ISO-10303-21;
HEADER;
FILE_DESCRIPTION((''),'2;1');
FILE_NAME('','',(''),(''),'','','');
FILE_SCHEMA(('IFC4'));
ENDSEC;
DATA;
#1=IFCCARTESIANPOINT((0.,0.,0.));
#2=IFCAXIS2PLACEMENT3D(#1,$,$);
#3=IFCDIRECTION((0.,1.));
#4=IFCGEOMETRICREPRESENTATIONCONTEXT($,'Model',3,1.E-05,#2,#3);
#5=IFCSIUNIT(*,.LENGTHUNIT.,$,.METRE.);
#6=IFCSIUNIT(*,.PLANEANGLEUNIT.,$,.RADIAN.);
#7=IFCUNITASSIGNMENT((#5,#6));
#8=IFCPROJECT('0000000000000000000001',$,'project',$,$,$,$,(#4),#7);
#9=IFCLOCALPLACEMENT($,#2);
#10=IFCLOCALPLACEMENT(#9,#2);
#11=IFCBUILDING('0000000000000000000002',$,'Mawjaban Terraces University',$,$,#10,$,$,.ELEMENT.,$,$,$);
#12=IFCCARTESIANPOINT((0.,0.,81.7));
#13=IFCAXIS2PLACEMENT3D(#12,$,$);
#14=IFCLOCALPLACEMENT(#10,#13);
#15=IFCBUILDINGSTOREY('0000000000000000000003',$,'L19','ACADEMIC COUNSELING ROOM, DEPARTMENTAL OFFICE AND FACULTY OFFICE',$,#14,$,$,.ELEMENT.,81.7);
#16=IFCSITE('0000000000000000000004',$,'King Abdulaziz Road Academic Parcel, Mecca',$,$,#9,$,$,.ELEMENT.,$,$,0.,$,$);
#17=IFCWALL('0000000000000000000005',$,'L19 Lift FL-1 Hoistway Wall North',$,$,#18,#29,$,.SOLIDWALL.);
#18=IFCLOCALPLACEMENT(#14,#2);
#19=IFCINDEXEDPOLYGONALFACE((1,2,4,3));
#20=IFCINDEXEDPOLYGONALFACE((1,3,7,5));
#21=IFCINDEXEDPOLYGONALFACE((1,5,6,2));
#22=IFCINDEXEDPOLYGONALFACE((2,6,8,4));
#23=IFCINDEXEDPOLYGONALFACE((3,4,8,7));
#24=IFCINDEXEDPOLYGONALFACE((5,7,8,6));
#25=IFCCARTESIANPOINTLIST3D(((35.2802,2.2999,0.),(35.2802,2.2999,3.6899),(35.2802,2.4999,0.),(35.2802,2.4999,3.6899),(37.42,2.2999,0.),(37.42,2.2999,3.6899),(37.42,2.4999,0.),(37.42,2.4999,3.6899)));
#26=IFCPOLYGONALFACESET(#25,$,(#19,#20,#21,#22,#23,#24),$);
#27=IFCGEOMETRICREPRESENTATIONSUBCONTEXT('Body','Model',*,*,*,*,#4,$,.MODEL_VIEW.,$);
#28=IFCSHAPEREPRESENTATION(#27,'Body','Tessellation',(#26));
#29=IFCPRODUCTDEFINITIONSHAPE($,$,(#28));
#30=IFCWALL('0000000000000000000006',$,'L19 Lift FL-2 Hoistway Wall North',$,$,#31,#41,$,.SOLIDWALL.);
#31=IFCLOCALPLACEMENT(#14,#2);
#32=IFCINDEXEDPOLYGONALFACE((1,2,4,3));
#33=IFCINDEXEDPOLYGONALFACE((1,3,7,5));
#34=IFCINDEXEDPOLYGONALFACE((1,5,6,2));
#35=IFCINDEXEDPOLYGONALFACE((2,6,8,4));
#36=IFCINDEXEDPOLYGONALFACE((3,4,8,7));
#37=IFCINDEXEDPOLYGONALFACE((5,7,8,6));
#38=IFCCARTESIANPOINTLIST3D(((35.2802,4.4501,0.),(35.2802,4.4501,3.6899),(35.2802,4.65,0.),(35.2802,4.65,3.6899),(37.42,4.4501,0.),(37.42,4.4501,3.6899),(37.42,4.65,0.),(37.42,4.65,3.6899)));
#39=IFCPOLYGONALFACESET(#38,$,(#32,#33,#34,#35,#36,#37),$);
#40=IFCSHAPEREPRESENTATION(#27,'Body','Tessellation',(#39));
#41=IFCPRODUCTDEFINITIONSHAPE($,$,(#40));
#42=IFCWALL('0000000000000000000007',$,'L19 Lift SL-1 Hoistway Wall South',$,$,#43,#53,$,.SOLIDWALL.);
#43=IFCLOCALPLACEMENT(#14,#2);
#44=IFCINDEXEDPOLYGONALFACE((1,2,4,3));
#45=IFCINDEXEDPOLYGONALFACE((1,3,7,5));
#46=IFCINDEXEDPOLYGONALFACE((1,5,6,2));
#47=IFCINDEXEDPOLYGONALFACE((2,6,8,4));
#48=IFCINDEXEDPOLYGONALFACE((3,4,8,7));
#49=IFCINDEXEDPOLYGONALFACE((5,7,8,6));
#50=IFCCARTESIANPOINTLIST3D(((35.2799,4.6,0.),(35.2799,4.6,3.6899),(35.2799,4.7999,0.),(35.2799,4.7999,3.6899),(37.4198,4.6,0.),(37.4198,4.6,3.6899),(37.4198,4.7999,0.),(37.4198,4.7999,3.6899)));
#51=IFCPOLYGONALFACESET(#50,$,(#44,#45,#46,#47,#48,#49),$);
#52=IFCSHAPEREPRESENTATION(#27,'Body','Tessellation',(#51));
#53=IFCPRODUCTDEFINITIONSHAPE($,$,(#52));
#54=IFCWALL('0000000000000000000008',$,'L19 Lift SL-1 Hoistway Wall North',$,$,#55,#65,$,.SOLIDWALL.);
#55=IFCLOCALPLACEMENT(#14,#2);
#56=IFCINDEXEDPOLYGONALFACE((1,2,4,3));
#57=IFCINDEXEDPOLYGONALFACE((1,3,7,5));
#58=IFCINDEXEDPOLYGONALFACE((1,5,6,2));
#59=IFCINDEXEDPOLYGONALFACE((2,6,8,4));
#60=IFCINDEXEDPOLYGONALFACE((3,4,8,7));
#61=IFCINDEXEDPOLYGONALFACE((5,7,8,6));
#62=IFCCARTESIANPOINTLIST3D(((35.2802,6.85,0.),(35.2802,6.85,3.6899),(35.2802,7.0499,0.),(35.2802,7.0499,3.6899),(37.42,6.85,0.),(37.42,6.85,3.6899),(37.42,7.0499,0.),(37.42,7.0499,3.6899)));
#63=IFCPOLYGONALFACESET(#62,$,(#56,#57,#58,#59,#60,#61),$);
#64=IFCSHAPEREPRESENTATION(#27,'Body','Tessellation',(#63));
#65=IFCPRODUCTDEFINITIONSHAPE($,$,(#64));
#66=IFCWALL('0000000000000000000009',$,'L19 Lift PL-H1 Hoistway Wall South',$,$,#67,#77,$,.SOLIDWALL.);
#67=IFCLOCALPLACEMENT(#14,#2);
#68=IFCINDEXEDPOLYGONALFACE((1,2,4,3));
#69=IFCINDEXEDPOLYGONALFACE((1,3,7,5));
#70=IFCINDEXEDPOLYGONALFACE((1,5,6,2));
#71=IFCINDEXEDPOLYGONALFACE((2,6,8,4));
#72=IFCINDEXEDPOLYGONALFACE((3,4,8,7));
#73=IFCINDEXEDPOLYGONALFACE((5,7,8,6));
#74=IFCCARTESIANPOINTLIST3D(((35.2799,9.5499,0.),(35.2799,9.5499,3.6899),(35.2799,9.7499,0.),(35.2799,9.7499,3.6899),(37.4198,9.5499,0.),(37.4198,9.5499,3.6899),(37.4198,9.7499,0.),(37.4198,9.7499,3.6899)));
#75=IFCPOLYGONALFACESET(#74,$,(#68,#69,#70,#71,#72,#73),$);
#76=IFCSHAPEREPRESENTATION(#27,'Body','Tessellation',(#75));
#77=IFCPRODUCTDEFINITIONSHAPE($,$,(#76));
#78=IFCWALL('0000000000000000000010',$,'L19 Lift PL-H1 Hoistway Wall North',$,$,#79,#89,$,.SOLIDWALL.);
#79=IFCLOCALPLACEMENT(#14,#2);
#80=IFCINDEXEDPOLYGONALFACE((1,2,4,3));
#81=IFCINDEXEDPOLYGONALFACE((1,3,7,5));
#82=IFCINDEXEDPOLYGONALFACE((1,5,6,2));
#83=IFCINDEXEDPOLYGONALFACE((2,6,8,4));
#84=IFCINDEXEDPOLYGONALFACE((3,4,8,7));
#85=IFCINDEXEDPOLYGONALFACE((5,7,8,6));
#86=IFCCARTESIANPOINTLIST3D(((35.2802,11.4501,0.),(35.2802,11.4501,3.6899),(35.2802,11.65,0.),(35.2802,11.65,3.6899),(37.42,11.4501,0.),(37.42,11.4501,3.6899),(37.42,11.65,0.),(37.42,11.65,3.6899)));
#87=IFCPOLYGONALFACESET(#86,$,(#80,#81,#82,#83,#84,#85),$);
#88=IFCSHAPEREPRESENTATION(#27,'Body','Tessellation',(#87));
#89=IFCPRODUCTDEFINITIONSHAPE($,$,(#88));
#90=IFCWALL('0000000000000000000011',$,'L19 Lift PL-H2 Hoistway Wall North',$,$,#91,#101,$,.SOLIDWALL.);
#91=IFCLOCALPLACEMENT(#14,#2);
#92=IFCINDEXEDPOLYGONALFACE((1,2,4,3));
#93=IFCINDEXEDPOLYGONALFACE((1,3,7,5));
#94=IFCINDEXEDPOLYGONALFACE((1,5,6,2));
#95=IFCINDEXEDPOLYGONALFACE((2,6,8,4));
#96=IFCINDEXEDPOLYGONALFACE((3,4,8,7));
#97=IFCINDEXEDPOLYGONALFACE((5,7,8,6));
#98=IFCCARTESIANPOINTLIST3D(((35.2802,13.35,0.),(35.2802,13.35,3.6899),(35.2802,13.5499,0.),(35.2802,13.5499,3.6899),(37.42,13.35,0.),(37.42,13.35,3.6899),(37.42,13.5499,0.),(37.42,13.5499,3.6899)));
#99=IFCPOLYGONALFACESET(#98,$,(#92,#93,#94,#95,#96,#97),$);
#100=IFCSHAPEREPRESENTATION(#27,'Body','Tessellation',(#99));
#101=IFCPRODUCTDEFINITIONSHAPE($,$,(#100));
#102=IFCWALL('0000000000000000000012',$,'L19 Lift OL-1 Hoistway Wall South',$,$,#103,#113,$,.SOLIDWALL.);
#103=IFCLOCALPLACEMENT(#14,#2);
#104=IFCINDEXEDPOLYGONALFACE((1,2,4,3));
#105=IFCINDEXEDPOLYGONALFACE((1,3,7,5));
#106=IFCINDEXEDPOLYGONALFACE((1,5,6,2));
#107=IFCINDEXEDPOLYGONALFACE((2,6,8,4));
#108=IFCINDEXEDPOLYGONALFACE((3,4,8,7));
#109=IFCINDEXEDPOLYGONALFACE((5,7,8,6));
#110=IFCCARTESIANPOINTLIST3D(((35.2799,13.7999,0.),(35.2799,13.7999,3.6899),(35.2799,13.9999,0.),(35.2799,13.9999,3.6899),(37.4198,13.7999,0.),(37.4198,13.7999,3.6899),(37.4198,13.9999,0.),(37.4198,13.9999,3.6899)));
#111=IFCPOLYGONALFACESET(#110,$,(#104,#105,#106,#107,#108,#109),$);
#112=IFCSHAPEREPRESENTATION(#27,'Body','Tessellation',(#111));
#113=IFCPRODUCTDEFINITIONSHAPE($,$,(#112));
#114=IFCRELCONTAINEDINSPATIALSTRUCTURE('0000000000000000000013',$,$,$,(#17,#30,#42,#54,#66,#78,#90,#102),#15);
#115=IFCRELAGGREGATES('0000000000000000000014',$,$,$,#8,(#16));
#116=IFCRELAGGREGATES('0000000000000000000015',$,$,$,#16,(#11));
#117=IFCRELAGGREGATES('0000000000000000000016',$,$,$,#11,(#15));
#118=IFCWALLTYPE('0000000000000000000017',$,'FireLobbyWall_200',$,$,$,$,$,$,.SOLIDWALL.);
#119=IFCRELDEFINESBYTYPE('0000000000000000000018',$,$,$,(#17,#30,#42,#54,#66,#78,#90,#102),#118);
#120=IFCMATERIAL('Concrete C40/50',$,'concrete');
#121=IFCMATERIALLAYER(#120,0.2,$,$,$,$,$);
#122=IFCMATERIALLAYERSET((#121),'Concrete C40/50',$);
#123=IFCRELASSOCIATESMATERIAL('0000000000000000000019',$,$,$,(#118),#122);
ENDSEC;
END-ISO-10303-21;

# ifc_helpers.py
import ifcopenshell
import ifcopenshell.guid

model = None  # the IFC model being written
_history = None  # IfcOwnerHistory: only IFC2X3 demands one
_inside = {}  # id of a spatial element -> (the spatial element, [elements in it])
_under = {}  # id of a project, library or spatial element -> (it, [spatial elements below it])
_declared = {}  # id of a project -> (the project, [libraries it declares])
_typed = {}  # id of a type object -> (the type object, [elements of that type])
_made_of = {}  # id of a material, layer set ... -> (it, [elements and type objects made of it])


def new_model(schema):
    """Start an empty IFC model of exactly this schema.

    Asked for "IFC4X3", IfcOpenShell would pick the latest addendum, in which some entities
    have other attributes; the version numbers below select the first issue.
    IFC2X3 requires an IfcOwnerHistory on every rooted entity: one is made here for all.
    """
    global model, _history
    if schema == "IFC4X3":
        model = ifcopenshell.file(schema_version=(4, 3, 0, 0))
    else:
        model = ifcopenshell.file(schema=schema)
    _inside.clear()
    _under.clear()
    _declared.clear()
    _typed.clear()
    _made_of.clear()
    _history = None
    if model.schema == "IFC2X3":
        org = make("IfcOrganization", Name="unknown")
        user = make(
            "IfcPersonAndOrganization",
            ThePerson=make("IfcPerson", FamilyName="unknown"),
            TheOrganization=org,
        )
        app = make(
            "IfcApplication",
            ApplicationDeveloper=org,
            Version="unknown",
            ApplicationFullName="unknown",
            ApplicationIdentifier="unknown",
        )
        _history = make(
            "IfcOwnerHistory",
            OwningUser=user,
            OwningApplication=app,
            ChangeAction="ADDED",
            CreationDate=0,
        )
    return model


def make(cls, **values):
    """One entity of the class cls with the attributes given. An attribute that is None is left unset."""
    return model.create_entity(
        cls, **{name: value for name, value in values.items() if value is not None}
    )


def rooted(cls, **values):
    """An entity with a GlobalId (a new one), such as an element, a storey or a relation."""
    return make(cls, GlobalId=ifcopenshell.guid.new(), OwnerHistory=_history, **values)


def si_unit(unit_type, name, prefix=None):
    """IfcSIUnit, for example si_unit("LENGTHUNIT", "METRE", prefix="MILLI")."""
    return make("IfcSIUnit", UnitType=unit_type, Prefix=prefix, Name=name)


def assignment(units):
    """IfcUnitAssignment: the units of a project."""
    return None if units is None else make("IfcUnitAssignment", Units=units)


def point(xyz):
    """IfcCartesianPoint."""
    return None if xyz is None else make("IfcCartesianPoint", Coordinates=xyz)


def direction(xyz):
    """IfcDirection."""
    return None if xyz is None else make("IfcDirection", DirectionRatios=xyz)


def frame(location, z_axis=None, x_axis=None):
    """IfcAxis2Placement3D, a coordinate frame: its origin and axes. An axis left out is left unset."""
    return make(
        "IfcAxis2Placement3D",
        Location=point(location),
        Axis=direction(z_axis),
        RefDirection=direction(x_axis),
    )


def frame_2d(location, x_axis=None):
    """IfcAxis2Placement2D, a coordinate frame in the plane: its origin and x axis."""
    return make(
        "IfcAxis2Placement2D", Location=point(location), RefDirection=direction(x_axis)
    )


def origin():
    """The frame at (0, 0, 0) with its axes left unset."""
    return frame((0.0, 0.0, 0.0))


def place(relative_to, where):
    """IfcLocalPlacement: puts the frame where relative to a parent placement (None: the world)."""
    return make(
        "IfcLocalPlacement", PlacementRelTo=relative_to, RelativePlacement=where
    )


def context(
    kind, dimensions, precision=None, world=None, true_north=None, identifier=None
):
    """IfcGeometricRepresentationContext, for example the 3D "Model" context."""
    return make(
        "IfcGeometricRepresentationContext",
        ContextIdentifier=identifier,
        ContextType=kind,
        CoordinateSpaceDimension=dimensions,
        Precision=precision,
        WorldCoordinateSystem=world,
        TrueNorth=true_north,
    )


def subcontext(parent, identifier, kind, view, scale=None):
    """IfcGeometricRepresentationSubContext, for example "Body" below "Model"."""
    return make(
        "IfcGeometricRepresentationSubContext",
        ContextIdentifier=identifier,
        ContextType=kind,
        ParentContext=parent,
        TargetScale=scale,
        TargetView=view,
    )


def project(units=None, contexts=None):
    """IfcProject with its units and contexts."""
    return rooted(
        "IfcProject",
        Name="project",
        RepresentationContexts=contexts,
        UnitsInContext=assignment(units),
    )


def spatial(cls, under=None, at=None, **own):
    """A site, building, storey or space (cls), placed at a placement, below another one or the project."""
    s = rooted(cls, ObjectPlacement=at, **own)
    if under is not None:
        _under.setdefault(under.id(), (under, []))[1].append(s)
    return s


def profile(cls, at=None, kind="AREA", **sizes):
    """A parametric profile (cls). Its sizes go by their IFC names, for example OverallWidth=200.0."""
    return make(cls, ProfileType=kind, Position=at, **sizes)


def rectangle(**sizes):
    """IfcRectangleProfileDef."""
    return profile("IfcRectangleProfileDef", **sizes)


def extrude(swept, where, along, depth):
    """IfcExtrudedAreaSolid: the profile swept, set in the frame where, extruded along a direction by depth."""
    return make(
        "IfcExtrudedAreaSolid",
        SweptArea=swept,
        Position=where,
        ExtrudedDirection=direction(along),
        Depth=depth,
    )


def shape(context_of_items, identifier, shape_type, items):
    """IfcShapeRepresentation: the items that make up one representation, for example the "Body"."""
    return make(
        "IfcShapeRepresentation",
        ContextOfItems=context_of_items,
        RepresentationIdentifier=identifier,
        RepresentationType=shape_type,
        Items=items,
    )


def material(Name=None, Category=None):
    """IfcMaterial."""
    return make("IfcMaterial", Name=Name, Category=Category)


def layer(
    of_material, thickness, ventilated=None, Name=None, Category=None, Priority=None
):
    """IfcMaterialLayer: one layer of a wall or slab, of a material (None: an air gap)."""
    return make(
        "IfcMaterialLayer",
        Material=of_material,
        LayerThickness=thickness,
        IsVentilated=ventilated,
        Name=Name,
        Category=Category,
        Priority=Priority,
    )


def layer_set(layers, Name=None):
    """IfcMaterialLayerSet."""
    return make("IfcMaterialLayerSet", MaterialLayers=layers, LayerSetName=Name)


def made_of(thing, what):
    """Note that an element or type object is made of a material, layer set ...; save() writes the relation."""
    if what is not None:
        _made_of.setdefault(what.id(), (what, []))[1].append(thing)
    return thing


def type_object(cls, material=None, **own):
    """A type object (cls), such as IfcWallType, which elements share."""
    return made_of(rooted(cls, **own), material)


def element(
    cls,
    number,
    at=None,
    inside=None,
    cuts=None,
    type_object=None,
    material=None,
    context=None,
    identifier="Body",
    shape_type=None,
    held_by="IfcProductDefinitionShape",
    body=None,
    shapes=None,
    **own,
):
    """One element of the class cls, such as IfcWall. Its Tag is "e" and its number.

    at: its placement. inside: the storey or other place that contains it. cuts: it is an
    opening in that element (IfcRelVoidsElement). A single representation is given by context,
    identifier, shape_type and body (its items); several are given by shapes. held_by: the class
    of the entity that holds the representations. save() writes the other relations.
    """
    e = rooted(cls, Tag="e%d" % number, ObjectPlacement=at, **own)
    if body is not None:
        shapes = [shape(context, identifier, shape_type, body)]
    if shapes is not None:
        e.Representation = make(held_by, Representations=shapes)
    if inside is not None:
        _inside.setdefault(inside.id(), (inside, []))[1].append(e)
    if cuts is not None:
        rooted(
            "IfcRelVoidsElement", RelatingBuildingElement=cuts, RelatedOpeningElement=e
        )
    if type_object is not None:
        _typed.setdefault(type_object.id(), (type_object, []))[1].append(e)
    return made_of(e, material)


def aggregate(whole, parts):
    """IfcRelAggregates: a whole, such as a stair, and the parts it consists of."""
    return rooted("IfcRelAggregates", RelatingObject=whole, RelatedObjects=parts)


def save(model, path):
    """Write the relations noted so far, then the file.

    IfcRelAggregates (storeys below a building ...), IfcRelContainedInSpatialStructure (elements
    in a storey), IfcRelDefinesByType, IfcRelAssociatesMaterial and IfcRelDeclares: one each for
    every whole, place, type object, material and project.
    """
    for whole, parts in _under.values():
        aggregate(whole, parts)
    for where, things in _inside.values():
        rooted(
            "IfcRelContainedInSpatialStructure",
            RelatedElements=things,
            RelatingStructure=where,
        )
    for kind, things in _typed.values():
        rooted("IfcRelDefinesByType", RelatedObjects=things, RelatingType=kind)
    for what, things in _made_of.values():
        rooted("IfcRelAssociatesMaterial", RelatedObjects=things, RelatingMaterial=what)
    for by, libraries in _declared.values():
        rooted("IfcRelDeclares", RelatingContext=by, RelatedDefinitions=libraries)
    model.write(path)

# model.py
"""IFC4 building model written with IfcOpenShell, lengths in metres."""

from ifc_helpers import new_model, si_unit, direction, frame, frame_2d, origin, place, context, subcontext, project, spatial, rectangle, extrude, material, layer, layer_set, type_object, element, save


model = new_model("IFC4")

# Units and contexts
model_context = context("Model", 3, precision=1e-05, world=origin(), true_north=direction((0.0, 1.0)))
body_context = subcontext(model_context, "Body", "Model", "MODEL_VIEW")
ifc_project = project(units=[si_unit("LENGTHUNIT", "METRE"), si_unit("PLANEANGLEUNIT", "RADIAN")], contexts=[model_context])

# Site, building, storey
site_placement = place(None, origin())
site = spatial("IfcSite", under=ifc_project, at=site_placement, Name="King Abdulaziz Road Academic Parcel, Mecca", CompositionType="ELEMENT", RefElevation=0.0)
building_placement = place(site_placement, origin())
building = spatial("IfcBuilding", under=site, at=building_placement, Name="Mawjaban Terraces University", CompositionType="ELEMENT")
storey_placement = place(building_placement, frame((0.0, 0.0, 81.7)))
storey = spatial("IfcBuildingStorey", under=building, at=storey_placement, Name="L19", Description="ACADEMIC COUNSELING ROOM, DEPARTMENTAL OFFICE AND FACULTY OFFICE", CompositionType="ELEMENT", Elevation=81.7)

# Walls
ifc_material_1 = material(Name="Concrete C40/50", Category="concrete")
ifc_layer_1 = layer(ifc_material_1, 0.2)
ifc_layer_set_1 = layer_set([ifc_layer_1], Name="Concrete C40/50")
wall_type_1 = type_object("IfcWallType", Name="FireLobbyWall_200", PredefinedType="SOLIDWALL", material=ifc_layer_set_1)
for number, where, z_axis, x_axis, name in (
    (1, (37.4199, 2.3999, 0.0), (0.0, 0.0, 1.0), (-1.0, 0.0, 0.0), "L19 Lift FL-1 Hoistway Wall North"),
    (2, (37.4199, 4.55, 0.0), (0.0, 0.0, 1.0), (-1.0, 0.0, 0.0), "L19 Lift FL-2 Hoistway Wall North"),
    (3, (35.28, 4.7, 0.0), (0.0, 0.0, 1.0), (1.0, 0.0, 0.0), "L19 Lift SL-1 Hoistway Wall South"),
    (4, (37.4199, 6.95, 0.0), (0.0, 0.0, 1.0), (-1.0, 0.0, 0.0), "L19 Lift SL-1 Hoistway Wall North"),
    (5, (35.28, 9.6499, 0.0), (0.0, 0.0, 1.0), (1.0, 0.0, 0.0), "L19 Lift PL-H1 Hoistway Wall South"),
    (6, (37.4199, 11.55, 0.0), (0.0, 0.0, 1.0), (-1.0, 0.0, 0.0), "L19 Lift PL-H1 Hoistway Wall North"),
    (7, (37.4199, 13.45, 0.0), (0.0, 0.0, 1.0), (-1.0, 0.0, 0.0), "L19 Lift PL-H2 Hoistway Wall North"),
    (8, (35.28, 13.8999, 0.0), (0.0, 0.0, 1.0), (1.0, 0.0, 0.0), "L19 Lift OL-1 Hoistway Wall South"),
):
    element("IfcWall", number, at=place(storey_placement, frame(where, z_axis=z_axis, x_axis=x_axis)), inside=storey, type_object=wall_type_1, Name=name, PredefinedType="SOLIDWALL", context=body_context, shape_type="SweptSolid", body=[
        extrude(rectangle(XDim=2.1399, YDim=0.2, at=frame_2d((1.0698, 0.0))), origin(), (0.0, 0.0, 1.0), 3.6899),
    ])

save(model, "model.ifc")
